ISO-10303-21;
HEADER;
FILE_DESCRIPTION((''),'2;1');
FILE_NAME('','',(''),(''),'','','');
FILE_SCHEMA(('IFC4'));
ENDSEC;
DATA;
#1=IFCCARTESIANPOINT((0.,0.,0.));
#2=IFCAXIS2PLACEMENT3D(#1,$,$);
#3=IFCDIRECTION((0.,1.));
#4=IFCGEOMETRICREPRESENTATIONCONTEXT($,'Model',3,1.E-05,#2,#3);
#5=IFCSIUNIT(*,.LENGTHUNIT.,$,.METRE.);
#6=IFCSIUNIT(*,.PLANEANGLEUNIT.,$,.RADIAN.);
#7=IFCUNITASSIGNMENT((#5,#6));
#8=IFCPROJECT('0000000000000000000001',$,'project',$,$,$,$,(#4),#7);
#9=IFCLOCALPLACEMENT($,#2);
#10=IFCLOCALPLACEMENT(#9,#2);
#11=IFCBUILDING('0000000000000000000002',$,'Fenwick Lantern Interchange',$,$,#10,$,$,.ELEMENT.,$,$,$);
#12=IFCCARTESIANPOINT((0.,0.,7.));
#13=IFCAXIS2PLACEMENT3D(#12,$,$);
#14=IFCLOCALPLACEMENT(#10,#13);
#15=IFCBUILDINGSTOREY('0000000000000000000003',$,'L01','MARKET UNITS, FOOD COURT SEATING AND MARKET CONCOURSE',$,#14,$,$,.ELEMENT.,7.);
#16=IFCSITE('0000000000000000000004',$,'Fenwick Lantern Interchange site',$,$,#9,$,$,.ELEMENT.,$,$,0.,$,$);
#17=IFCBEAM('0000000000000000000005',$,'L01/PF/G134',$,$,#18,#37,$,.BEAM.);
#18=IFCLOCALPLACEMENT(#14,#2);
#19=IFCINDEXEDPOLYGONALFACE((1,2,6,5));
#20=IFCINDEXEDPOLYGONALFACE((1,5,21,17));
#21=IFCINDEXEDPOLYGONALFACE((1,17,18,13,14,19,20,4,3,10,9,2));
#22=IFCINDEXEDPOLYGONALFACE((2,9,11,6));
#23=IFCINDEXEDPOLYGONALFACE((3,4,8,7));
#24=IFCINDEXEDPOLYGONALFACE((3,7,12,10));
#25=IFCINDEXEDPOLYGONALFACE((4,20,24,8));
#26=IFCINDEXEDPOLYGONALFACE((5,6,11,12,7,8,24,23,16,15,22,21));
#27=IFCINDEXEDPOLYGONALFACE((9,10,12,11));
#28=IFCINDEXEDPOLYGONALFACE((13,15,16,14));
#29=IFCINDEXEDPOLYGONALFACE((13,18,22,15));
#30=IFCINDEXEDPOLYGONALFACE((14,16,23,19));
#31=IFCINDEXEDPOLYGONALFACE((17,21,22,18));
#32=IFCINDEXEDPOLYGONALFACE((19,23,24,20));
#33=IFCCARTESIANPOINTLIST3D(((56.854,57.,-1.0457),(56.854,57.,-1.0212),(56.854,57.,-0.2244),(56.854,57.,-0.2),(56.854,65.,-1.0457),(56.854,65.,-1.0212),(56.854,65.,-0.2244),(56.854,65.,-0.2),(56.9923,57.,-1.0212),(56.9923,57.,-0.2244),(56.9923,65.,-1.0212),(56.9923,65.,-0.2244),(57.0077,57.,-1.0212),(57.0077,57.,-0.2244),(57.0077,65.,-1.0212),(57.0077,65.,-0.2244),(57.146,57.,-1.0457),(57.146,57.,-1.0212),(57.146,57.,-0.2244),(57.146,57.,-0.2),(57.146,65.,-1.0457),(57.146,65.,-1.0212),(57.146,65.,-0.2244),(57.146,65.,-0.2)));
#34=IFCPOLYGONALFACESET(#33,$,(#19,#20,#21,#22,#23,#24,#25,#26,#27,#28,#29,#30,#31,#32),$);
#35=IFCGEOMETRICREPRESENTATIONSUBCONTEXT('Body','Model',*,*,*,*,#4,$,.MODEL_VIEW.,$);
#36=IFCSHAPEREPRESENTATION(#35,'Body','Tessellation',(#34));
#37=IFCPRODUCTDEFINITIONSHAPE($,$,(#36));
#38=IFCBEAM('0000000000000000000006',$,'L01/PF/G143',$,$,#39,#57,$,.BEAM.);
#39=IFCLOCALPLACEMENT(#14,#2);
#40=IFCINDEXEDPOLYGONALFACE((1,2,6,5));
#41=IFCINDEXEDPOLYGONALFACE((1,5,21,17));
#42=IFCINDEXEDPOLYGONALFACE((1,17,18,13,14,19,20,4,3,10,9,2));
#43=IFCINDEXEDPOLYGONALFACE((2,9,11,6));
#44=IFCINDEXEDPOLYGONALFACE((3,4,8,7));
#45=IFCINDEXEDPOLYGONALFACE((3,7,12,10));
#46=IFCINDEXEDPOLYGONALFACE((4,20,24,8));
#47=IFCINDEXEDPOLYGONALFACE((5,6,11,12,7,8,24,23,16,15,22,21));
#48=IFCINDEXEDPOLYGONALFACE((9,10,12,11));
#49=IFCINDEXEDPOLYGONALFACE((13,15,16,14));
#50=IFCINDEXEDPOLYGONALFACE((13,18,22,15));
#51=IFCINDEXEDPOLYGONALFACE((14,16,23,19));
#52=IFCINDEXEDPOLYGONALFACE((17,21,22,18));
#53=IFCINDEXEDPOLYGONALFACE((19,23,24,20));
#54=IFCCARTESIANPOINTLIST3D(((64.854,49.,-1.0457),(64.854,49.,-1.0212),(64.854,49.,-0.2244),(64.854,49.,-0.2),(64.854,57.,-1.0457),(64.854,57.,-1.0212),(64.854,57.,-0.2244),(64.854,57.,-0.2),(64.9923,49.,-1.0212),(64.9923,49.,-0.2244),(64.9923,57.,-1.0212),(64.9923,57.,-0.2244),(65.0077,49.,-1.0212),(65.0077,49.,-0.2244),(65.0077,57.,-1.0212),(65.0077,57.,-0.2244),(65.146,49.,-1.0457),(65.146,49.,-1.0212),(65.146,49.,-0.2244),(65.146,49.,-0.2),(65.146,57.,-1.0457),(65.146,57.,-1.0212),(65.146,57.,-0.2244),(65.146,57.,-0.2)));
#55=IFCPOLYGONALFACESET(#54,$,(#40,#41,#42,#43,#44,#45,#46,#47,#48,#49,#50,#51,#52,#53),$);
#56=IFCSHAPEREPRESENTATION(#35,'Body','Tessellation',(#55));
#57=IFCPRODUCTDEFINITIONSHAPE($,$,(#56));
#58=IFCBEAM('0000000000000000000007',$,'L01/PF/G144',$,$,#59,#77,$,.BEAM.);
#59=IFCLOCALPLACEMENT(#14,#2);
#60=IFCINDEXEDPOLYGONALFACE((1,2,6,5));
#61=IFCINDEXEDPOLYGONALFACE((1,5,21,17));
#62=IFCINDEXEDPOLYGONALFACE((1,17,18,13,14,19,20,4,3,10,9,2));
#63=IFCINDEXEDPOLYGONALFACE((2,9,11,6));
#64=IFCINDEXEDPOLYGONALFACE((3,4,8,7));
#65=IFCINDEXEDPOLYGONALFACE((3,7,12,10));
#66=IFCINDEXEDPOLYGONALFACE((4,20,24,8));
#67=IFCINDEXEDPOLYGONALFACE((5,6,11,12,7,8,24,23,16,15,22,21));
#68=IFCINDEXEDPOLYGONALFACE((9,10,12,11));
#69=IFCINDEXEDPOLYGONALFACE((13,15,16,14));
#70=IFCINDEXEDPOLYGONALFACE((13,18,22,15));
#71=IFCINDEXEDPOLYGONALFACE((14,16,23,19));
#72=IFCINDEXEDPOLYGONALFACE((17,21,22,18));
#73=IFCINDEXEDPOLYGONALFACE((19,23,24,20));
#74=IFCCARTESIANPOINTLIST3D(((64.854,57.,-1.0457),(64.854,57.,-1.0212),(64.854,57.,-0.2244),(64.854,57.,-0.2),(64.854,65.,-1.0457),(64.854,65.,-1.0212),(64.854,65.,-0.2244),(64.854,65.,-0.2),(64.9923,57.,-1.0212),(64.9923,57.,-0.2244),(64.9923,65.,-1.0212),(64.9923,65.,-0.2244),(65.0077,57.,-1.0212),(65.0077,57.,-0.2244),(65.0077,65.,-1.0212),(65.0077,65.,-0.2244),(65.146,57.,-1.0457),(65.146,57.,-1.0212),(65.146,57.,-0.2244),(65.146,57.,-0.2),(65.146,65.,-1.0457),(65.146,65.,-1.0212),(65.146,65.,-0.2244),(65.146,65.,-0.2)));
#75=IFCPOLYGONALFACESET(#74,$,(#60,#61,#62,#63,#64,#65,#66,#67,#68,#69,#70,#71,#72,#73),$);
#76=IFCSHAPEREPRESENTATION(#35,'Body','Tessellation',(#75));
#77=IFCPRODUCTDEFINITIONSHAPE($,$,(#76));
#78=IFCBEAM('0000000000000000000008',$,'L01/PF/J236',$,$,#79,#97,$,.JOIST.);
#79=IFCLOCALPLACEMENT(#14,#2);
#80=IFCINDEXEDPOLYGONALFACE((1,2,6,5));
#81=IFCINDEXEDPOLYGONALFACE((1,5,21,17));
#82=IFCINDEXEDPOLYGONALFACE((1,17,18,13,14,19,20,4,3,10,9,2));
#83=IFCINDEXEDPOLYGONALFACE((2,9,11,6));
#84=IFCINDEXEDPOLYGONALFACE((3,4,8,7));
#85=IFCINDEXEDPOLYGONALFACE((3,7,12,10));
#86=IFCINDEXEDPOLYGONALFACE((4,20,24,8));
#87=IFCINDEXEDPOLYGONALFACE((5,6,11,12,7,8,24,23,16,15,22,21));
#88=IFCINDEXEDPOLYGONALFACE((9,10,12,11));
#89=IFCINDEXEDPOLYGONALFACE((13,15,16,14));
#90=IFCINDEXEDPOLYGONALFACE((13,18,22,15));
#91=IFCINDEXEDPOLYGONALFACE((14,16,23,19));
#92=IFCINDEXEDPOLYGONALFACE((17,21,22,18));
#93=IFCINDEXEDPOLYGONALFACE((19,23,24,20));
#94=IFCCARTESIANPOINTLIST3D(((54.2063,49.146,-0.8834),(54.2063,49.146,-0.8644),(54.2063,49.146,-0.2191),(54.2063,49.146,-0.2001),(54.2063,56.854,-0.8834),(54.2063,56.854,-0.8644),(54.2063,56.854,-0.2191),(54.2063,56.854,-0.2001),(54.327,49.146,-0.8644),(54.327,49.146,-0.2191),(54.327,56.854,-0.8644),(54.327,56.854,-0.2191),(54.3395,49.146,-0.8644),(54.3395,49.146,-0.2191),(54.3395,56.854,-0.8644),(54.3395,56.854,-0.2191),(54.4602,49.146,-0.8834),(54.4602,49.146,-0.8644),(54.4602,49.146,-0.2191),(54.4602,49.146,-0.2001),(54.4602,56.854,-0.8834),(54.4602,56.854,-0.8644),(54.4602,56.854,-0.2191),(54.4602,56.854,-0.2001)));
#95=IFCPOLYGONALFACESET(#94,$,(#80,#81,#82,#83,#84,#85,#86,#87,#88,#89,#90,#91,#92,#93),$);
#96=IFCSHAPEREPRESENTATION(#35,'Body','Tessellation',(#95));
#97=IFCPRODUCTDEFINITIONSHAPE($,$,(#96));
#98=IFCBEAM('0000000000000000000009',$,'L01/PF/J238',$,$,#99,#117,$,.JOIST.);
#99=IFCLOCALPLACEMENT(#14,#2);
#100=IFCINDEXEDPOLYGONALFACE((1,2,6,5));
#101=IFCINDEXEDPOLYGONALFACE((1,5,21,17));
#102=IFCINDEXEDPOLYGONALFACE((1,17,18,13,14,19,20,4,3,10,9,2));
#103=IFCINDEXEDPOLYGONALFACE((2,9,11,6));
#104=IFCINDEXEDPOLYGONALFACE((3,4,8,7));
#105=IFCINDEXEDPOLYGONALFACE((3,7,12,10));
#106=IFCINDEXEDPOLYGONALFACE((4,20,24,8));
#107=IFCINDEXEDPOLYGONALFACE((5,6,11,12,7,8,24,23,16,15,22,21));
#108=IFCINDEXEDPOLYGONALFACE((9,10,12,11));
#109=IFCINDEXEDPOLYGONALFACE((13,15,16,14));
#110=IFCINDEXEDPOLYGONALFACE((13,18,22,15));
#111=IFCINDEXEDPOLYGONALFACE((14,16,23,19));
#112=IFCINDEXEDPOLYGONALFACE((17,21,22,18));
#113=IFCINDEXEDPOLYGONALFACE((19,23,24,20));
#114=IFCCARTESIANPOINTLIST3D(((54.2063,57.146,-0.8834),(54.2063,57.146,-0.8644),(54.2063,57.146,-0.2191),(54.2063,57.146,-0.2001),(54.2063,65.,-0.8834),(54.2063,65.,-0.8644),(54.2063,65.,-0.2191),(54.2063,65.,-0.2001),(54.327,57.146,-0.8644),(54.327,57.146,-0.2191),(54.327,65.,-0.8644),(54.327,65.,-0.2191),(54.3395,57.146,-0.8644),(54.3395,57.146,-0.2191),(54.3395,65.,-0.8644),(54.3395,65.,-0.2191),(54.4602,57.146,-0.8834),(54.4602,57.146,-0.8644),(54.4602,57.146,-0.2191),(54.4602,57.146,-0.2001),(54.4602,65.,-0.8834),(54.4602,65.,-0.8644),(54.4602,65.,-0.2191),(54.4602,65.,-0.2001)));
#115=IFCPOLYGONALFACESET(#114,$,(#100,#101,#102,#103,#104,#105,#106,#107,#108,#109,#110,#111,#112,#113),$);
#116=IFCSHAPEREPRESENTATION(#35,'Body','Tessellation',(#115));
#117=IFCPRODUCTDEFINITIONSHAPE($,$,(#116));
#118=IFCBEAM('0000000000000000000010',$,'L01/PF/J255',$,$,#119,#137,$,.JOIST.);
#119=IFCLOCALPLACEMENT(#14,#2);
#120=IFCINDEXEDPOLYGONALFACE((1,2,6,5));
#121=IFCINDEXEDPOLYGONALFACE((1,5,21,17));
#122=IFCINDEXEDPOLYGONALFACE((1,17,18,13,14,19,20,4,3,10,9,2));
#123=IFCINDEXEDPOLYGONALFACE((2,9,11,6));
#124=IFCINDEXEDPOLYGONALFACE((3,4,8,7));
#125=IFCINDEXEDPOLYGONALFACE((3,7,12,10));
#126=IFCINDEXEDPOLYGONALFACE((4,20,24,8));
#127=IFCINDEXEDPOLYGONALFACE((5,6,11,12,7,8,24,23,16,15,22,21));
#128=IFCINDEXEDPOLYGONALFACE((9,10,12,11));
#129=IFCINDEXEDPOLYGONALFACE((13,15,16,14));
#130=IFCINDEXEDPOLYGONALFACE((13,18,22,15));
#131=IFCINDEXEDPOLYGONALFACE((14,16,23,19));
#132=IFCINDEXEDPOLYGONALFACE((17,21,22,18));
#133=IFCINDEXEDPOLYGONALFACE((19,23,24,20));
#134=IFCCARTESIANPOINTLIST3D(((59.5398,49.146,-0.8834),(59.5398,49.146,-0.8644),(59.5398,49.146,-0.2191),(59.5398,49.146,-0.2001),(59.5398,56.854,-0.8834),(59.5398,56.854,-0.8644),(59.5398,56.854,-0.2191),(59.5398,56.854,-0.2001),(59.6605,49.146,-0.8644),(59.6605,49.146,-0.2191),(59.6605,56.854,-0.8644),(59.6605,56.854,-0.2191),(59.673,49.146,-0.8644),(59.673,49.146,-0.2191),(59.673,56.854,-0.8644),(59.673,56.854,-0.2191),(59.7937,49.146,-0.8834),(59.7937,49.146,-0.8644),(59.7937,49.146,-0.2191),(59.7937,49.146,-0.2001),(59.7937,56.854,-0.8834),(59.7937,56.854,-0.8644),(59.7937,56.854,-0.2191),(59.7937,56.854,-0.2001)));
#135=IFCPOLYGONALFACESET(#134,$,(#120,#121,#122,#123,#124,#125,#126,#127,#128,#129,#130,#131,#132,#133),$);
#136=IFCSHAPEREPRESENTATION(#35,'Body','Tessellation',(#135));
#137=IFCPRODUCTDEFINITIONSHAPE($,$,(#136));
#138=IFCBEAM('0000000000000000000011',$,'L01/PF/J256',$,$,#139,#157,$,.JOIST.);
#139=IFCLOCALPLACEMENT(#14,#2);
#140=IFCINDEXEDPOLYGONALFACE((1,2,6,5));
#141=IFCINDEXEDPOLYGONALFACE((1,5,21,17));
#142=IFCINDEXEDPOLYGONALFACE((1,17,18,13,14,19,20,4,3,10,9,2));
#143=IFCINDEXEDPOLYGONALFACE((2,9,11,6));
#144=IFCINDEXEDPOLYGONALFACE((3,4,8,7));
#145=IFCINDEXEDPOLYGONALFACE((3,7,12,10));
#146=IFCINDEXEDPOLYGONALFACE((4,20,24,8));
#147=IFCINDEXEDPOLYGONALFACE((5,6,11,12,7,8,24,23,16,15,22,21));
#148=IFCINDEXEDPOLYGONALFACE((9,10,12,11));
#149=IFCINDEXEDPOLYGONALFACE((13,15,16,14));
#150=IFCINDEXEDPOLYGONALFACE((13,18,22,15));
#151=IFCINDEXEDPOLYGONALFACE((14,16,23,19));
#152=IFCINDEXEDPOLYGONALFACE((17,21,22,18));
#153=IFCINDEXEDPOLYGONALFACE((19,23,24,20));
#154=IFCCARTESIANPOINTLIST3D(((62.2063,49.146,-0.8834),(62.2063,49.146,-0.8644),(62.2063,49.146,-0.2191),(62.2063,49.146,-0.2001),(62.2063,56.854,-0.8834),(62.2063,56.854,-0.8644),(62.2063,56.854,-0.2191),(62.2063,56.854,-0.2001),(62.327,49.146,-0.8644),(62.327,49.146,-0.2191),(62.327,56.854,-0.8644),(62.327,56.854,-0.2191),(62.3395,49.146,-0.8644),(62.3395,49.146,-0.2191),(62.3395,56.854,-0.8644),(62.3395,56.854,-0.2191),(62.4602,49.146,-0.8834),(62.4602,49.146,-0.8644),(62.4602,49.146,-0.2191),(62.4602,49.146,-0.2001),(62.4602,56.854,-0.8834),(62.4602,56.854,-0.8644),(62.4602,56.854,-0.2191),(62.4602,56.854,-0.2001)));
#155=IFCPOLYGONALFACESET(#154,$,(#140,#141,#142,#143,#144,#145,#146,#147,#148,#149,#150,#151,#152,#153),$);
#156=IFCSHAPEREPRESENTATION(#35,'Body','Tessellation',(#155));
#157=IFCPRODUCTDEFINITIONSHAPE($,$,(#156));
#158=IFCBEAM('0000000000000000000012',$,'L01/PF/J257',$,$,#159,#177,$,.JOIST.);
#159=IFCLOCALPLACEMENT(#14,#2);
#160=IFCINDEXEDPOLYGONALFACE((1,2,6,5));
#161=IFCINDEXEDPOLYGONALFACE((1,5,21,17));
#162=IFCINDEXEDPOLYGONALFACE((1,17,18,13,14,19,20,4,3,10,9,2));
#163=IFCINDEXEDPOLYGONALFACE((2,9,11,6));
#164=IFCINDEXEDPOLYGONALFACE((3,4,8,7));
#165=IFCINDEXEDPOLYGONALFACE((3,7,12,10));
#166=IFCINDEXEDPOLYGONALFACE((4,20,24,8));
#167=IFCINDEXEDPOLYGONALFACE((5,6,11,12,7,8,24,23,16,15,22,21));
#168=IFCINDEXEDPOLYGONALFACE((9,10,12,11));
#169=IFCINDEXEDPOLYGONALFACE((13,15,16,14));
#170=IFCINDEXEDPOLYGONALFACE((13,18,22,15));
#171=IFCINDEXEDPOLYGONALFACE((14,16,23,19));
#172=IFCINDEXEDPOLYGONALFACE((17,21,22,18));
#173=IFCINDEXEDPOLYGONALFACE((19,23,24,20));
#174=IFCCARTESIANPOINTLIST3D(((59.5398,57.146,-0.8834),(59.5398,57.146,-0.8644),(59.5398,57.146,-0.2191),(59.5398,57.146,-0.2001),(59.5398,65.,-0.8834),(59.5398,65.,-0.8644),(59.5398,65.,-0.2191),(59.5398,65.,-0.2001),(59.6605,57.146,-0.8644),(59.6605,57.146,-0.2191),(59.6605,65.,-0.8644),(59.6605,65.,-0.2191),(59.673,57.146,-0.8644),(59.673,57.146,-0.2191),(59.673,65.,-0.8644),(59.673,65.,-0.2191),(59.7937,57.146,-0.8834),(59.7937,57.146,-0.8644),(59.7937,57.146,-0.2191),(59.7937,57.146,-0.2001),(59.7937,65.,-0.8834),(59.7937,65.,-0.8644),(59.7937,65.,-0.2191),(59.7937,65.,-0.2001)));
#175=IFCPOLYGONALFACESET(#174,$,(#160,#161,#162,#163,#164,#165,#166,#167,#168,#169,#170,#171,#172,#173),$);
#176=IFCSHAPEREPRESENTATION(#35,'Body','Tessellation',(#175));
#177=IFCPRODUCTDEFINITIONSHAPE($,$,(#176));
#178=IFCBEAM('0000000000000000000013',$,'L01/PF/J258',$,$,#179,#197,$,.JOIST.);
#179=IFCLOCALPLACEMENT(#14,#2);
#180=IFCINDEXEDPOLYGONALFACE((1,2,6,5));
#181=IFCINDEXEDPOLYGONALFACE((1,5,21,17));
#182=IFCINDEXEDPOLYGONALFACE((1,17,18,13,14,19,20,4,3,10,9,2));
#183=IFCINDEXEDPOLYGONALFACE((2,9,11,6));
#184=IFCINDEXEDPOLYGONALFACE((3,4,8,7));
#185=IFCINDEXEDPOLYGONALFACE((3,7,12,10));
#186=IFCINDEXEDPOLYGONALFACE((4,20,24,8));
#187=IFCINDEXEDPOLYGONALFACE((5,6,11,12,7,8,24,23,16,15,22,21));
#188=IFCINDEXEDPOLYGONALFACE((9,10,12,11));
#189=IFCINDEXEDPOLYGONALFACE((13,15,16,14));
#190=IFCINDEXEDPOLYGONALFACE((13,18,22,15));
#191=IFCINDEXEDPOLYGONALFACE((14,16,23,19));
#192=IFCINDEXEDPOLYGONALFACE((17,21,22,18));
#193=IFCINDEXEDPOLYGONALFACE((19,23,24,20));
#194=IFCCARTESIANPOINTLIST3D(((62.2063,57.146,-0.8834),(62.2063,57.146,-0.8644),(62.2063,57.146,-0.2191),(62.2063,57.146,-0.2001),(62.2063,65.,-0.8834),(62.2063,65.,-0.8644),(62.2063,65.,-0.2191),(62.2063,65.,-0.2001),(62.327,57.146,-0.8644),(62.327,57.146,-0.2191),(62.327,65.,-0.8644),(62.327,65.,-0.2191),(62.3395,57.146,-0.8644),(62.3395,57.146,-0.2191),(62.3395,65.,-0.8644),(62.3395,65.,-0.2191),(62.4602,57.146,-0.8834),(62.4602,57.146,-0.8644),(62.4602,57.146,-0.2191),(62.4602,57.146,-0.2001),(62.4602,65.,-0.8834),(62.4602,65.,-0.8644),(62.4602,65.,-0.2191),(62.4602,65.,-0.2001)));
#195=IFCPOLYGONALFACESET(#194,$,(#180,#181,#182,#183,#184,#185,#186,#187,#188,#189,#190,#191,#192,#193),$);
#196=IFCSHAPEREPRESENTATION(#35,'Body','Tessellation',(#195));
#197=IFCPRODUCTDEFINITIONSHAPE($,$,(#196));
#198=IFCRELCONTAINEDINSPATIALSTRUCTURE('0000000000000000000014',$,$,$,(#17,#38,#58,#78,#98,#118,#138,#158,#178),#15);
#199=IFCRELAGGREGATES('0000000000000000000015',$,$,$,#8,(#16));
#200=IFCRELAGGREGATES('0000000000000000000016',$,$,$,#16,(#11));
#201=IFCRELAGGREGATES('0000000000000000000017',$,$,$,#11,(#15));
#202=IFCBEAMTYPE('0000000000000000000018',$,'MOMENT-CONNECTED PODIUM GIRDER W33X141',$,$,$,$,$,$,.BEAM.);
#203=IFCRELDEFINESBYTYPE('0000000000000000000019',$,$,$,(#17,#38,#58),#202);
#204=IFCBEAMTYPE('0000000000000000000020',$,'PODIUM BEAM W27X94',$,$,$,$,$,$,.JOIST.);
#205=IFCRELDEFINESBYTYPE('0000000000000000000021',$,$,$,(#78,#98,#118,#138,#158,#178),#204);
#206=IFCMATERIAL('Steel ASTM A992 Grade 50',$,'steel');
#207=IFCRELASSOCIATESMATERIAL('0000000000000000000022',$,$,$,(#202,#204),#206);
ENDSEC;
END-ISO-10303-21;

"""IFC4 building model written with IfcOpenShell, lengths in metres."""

from ifc_helpers import new_model, si_unit, direction, frame, origin, origin_2d, place, context, subcontext, project, spatial, i_section, extrude, material, material_profile, profile_set, type_object, element, save


model = new_model("IFC4")

# Units and contexts
model_context = context("Model", 3, precision=1e-05, world=origin(), true_north=direction((0.0, 1.0)))
body_context = subcontext(model_context, "Body", "Model", "MODEL_VIEW")
ifc_project = project(units=[si_unit("LENGTHUNIT", "METRE"), si_unit("PLANEANGLEUNIT", "RADIAN")], contexts=[model_context])

# Site, building, storey
site_placement = place(None, origin())
site = spatial("IfcSite", under=ifc_project, at=site_placement, Name="Fenwick Lantern Interchange site", CompositionType="ELEMENT", RefElevation=0.0)
building_placement = place(site_placement, origin())
building = spatial("IfcBuilding", under=site, at=building_placement, Name="Fenwick Lantern Interchange", CompositionType="ELEMENT")
storey_placement = place(building_placement, frame((0.0, 0.0, 7.0)))
storey = spatial("IfcBuildingStorey", under=building, at=storey_placement, Name="L01", Description="MARKET UNITS, FOOD COURT SEATING AND MARKET CONCOURSE", CompositionType="ELEMENT", Elevation=7.0)

# Shared definitions
ifc_material_1 = material(Name="Steel ASTM A992 Grade 50", Category="steel")

# Beams
ifc_material_profile_1 = material_profile(ifc_material_1, i_section(OverallWidth=0.292, OverallDepth=0.8457, WebThickness=0.0154, FlangeThickness=0.0244, at=origin_2d()), Name="W33X141")
ifc_profile_set_1 = profile_set([ifc_material_profile_1], Name="Steel ASTM A992 Grade 50")
beam_type_1 = type_object("IfcBeamType", Name="MOMENT-CONNECTED PODIUM GIRDER W33X141", PredefinedType="BEAM", material=ifc_profile_set_1)
for number, where, z_axis, x_axis, name in (
    (1, (57.0, 57.0, -0.6228), (0.0, 1.0, 0.0), (-1.0, 0.0, 0.0), "L01/PF/G134"),
    (2, (65.0, 49.0, -0.6228), (0.0, 1.0, 0.0), (-1.0, 0.0, 0.0), "L01/PF/G143"),
    (3, (65.0, 57.0, -0.6228), (0.0, 1.0, 0.0), (-1.0, 0.0, 0.0), "L01/PF/G144"),
):
    element("IfcBeam", number, at=place(storey_placement, frame(where, z_axis=z_axis, x_axis=x_axis)), inside=storey, type_object=beam_type_1, Name=name, PredefinedType="BEAM", context=body_context, shape_type="SweptSolid", body=[
        extrude(i_section(OverallWidth=0.292, OverallDepth=0.8457, WebThickness=0.0154, FlangeThickness=0.0244, at=origin_2d()), origin(), (0.0, 0.0, 1.0), 8.0),
    ])
ifc_material_profile_2 = material_profile(ifc_material_1, i_section(OverallWidth=0.2539, OverallDepth=0.6833, WebThickness=0.0125, FlangeThickness=0.019, at=origin_2d()), Name="W27X94")
ifc_profile_set_2 = profile_set([ifc_material_profile_2], Name="Steel ASTM A992 Grade 50")
beam_type_2 = type_object("IfcBeamType", Name="PODIUM BEAM W27X94", PredefinedType="JOIST", material=ifc_profile_set_2)
beam_1_placement = place(storey_placement, frame((54.3333, 49.146, -0.5417), z_axis=(0.0, 1.0, 0.0), x_axis=(-1.0, 0.0, 0.0)))
element("IfcBeam", 4, at=beam_1_placement, inside=storey, type_object=beam_type_2, Name="L01/PF/J236", PredefinedType="JOIST", context=body_context, shape_type="SweptSolid", body=[
    extrude(i_section(OverallWidth=0.2539, OverallDepth=0.6833, WebThickness=0.0125, FlangeThickness=0.019, at=origin_2d()), origin(), (0.0, 0.0, 1.0), 7.708),
])
beam_2_placement = place(storey_placement, frame((54.3333, 57.146, -0.5417), z_axis=(0.0, 1.0, 0.0), x_axis=(-1.0, 0.0, 0.0)))
element("IfcBeam", 5, at=beam_2_placement, inside=storey, type_object=beam_type_2, Name="L01/PF/J238", PredefinedType="JOIST", context=body_context, shape_type="SweptSolid", body=[
    extrude(i_section(OverallWidth=0.2539, OverallDepth=0.6833, WebThickness=0.0125, FlangeThickness=0.019, at=origin_2d()), origin(), (0.0, 0.0, 1.0), 7.854),
])
for number, where, z_axis, x_axis, name in (
    (6, (59.6667, 49.146, -0.5417), (0.0, 1.0, 0.0), (-1.0, 0.0, 0.0), "L01/PF/J255"),
    (7, (62.3333, 49.146, -0.5417), (0.0, 1.0, 0.0), (-1.0, 0.0, 0.0), "L01/PF/J256"),
):
    element("IfcBeam", number, at=place(storey_placement, frame(where, z_axis=z_axis, x_axis=x_axis)), inside=storey, type_object=beam_type_2, Name=name, PredefinedType="JOIST", context=body_context, shape_type="SweptSolid", body=[
        extrude(i_section(OverallWidth=0.2539, OverallDepth=0.6833, WebThickness=0.0125, FlangeThickness=0.019, at=origin_2d()), origin(), (0.0, 0.0, 1.0), 7.708),
    ])
for number, where, z_axis, x_axis, name in (
    (8, (59.6667, 57.146, -0.5417), (0.0, 1.0, 0.0), (-1.0, 0.0, 0.0), "L01/PF/J257"),
    (9, (62.3333, 57.146, -0.5417), (0.0, 1.0, 0.0), (-1.0, 0.0, 0.0), "L01/PF/J258"),
):
    element("IfcBeam", number, at=place(storey_placement, frame(where, z_axis=z_axis, x_axis=x_axis)), inside=storey, type_object=beam_type_2, Name=name, PredefinedType="JOIST", context=body_context, shape_type="SweptSolid", body=[
        extrude(i_section(OverallWidth=0.2539, OverallDepth=0.6833, WebThickness=0.0125, FlangeThickness=0.019, at=origin_2d()), origin(), (0.0, 0.0, 1.0), 7.854),
    ])

save(model, "model.ifc")
